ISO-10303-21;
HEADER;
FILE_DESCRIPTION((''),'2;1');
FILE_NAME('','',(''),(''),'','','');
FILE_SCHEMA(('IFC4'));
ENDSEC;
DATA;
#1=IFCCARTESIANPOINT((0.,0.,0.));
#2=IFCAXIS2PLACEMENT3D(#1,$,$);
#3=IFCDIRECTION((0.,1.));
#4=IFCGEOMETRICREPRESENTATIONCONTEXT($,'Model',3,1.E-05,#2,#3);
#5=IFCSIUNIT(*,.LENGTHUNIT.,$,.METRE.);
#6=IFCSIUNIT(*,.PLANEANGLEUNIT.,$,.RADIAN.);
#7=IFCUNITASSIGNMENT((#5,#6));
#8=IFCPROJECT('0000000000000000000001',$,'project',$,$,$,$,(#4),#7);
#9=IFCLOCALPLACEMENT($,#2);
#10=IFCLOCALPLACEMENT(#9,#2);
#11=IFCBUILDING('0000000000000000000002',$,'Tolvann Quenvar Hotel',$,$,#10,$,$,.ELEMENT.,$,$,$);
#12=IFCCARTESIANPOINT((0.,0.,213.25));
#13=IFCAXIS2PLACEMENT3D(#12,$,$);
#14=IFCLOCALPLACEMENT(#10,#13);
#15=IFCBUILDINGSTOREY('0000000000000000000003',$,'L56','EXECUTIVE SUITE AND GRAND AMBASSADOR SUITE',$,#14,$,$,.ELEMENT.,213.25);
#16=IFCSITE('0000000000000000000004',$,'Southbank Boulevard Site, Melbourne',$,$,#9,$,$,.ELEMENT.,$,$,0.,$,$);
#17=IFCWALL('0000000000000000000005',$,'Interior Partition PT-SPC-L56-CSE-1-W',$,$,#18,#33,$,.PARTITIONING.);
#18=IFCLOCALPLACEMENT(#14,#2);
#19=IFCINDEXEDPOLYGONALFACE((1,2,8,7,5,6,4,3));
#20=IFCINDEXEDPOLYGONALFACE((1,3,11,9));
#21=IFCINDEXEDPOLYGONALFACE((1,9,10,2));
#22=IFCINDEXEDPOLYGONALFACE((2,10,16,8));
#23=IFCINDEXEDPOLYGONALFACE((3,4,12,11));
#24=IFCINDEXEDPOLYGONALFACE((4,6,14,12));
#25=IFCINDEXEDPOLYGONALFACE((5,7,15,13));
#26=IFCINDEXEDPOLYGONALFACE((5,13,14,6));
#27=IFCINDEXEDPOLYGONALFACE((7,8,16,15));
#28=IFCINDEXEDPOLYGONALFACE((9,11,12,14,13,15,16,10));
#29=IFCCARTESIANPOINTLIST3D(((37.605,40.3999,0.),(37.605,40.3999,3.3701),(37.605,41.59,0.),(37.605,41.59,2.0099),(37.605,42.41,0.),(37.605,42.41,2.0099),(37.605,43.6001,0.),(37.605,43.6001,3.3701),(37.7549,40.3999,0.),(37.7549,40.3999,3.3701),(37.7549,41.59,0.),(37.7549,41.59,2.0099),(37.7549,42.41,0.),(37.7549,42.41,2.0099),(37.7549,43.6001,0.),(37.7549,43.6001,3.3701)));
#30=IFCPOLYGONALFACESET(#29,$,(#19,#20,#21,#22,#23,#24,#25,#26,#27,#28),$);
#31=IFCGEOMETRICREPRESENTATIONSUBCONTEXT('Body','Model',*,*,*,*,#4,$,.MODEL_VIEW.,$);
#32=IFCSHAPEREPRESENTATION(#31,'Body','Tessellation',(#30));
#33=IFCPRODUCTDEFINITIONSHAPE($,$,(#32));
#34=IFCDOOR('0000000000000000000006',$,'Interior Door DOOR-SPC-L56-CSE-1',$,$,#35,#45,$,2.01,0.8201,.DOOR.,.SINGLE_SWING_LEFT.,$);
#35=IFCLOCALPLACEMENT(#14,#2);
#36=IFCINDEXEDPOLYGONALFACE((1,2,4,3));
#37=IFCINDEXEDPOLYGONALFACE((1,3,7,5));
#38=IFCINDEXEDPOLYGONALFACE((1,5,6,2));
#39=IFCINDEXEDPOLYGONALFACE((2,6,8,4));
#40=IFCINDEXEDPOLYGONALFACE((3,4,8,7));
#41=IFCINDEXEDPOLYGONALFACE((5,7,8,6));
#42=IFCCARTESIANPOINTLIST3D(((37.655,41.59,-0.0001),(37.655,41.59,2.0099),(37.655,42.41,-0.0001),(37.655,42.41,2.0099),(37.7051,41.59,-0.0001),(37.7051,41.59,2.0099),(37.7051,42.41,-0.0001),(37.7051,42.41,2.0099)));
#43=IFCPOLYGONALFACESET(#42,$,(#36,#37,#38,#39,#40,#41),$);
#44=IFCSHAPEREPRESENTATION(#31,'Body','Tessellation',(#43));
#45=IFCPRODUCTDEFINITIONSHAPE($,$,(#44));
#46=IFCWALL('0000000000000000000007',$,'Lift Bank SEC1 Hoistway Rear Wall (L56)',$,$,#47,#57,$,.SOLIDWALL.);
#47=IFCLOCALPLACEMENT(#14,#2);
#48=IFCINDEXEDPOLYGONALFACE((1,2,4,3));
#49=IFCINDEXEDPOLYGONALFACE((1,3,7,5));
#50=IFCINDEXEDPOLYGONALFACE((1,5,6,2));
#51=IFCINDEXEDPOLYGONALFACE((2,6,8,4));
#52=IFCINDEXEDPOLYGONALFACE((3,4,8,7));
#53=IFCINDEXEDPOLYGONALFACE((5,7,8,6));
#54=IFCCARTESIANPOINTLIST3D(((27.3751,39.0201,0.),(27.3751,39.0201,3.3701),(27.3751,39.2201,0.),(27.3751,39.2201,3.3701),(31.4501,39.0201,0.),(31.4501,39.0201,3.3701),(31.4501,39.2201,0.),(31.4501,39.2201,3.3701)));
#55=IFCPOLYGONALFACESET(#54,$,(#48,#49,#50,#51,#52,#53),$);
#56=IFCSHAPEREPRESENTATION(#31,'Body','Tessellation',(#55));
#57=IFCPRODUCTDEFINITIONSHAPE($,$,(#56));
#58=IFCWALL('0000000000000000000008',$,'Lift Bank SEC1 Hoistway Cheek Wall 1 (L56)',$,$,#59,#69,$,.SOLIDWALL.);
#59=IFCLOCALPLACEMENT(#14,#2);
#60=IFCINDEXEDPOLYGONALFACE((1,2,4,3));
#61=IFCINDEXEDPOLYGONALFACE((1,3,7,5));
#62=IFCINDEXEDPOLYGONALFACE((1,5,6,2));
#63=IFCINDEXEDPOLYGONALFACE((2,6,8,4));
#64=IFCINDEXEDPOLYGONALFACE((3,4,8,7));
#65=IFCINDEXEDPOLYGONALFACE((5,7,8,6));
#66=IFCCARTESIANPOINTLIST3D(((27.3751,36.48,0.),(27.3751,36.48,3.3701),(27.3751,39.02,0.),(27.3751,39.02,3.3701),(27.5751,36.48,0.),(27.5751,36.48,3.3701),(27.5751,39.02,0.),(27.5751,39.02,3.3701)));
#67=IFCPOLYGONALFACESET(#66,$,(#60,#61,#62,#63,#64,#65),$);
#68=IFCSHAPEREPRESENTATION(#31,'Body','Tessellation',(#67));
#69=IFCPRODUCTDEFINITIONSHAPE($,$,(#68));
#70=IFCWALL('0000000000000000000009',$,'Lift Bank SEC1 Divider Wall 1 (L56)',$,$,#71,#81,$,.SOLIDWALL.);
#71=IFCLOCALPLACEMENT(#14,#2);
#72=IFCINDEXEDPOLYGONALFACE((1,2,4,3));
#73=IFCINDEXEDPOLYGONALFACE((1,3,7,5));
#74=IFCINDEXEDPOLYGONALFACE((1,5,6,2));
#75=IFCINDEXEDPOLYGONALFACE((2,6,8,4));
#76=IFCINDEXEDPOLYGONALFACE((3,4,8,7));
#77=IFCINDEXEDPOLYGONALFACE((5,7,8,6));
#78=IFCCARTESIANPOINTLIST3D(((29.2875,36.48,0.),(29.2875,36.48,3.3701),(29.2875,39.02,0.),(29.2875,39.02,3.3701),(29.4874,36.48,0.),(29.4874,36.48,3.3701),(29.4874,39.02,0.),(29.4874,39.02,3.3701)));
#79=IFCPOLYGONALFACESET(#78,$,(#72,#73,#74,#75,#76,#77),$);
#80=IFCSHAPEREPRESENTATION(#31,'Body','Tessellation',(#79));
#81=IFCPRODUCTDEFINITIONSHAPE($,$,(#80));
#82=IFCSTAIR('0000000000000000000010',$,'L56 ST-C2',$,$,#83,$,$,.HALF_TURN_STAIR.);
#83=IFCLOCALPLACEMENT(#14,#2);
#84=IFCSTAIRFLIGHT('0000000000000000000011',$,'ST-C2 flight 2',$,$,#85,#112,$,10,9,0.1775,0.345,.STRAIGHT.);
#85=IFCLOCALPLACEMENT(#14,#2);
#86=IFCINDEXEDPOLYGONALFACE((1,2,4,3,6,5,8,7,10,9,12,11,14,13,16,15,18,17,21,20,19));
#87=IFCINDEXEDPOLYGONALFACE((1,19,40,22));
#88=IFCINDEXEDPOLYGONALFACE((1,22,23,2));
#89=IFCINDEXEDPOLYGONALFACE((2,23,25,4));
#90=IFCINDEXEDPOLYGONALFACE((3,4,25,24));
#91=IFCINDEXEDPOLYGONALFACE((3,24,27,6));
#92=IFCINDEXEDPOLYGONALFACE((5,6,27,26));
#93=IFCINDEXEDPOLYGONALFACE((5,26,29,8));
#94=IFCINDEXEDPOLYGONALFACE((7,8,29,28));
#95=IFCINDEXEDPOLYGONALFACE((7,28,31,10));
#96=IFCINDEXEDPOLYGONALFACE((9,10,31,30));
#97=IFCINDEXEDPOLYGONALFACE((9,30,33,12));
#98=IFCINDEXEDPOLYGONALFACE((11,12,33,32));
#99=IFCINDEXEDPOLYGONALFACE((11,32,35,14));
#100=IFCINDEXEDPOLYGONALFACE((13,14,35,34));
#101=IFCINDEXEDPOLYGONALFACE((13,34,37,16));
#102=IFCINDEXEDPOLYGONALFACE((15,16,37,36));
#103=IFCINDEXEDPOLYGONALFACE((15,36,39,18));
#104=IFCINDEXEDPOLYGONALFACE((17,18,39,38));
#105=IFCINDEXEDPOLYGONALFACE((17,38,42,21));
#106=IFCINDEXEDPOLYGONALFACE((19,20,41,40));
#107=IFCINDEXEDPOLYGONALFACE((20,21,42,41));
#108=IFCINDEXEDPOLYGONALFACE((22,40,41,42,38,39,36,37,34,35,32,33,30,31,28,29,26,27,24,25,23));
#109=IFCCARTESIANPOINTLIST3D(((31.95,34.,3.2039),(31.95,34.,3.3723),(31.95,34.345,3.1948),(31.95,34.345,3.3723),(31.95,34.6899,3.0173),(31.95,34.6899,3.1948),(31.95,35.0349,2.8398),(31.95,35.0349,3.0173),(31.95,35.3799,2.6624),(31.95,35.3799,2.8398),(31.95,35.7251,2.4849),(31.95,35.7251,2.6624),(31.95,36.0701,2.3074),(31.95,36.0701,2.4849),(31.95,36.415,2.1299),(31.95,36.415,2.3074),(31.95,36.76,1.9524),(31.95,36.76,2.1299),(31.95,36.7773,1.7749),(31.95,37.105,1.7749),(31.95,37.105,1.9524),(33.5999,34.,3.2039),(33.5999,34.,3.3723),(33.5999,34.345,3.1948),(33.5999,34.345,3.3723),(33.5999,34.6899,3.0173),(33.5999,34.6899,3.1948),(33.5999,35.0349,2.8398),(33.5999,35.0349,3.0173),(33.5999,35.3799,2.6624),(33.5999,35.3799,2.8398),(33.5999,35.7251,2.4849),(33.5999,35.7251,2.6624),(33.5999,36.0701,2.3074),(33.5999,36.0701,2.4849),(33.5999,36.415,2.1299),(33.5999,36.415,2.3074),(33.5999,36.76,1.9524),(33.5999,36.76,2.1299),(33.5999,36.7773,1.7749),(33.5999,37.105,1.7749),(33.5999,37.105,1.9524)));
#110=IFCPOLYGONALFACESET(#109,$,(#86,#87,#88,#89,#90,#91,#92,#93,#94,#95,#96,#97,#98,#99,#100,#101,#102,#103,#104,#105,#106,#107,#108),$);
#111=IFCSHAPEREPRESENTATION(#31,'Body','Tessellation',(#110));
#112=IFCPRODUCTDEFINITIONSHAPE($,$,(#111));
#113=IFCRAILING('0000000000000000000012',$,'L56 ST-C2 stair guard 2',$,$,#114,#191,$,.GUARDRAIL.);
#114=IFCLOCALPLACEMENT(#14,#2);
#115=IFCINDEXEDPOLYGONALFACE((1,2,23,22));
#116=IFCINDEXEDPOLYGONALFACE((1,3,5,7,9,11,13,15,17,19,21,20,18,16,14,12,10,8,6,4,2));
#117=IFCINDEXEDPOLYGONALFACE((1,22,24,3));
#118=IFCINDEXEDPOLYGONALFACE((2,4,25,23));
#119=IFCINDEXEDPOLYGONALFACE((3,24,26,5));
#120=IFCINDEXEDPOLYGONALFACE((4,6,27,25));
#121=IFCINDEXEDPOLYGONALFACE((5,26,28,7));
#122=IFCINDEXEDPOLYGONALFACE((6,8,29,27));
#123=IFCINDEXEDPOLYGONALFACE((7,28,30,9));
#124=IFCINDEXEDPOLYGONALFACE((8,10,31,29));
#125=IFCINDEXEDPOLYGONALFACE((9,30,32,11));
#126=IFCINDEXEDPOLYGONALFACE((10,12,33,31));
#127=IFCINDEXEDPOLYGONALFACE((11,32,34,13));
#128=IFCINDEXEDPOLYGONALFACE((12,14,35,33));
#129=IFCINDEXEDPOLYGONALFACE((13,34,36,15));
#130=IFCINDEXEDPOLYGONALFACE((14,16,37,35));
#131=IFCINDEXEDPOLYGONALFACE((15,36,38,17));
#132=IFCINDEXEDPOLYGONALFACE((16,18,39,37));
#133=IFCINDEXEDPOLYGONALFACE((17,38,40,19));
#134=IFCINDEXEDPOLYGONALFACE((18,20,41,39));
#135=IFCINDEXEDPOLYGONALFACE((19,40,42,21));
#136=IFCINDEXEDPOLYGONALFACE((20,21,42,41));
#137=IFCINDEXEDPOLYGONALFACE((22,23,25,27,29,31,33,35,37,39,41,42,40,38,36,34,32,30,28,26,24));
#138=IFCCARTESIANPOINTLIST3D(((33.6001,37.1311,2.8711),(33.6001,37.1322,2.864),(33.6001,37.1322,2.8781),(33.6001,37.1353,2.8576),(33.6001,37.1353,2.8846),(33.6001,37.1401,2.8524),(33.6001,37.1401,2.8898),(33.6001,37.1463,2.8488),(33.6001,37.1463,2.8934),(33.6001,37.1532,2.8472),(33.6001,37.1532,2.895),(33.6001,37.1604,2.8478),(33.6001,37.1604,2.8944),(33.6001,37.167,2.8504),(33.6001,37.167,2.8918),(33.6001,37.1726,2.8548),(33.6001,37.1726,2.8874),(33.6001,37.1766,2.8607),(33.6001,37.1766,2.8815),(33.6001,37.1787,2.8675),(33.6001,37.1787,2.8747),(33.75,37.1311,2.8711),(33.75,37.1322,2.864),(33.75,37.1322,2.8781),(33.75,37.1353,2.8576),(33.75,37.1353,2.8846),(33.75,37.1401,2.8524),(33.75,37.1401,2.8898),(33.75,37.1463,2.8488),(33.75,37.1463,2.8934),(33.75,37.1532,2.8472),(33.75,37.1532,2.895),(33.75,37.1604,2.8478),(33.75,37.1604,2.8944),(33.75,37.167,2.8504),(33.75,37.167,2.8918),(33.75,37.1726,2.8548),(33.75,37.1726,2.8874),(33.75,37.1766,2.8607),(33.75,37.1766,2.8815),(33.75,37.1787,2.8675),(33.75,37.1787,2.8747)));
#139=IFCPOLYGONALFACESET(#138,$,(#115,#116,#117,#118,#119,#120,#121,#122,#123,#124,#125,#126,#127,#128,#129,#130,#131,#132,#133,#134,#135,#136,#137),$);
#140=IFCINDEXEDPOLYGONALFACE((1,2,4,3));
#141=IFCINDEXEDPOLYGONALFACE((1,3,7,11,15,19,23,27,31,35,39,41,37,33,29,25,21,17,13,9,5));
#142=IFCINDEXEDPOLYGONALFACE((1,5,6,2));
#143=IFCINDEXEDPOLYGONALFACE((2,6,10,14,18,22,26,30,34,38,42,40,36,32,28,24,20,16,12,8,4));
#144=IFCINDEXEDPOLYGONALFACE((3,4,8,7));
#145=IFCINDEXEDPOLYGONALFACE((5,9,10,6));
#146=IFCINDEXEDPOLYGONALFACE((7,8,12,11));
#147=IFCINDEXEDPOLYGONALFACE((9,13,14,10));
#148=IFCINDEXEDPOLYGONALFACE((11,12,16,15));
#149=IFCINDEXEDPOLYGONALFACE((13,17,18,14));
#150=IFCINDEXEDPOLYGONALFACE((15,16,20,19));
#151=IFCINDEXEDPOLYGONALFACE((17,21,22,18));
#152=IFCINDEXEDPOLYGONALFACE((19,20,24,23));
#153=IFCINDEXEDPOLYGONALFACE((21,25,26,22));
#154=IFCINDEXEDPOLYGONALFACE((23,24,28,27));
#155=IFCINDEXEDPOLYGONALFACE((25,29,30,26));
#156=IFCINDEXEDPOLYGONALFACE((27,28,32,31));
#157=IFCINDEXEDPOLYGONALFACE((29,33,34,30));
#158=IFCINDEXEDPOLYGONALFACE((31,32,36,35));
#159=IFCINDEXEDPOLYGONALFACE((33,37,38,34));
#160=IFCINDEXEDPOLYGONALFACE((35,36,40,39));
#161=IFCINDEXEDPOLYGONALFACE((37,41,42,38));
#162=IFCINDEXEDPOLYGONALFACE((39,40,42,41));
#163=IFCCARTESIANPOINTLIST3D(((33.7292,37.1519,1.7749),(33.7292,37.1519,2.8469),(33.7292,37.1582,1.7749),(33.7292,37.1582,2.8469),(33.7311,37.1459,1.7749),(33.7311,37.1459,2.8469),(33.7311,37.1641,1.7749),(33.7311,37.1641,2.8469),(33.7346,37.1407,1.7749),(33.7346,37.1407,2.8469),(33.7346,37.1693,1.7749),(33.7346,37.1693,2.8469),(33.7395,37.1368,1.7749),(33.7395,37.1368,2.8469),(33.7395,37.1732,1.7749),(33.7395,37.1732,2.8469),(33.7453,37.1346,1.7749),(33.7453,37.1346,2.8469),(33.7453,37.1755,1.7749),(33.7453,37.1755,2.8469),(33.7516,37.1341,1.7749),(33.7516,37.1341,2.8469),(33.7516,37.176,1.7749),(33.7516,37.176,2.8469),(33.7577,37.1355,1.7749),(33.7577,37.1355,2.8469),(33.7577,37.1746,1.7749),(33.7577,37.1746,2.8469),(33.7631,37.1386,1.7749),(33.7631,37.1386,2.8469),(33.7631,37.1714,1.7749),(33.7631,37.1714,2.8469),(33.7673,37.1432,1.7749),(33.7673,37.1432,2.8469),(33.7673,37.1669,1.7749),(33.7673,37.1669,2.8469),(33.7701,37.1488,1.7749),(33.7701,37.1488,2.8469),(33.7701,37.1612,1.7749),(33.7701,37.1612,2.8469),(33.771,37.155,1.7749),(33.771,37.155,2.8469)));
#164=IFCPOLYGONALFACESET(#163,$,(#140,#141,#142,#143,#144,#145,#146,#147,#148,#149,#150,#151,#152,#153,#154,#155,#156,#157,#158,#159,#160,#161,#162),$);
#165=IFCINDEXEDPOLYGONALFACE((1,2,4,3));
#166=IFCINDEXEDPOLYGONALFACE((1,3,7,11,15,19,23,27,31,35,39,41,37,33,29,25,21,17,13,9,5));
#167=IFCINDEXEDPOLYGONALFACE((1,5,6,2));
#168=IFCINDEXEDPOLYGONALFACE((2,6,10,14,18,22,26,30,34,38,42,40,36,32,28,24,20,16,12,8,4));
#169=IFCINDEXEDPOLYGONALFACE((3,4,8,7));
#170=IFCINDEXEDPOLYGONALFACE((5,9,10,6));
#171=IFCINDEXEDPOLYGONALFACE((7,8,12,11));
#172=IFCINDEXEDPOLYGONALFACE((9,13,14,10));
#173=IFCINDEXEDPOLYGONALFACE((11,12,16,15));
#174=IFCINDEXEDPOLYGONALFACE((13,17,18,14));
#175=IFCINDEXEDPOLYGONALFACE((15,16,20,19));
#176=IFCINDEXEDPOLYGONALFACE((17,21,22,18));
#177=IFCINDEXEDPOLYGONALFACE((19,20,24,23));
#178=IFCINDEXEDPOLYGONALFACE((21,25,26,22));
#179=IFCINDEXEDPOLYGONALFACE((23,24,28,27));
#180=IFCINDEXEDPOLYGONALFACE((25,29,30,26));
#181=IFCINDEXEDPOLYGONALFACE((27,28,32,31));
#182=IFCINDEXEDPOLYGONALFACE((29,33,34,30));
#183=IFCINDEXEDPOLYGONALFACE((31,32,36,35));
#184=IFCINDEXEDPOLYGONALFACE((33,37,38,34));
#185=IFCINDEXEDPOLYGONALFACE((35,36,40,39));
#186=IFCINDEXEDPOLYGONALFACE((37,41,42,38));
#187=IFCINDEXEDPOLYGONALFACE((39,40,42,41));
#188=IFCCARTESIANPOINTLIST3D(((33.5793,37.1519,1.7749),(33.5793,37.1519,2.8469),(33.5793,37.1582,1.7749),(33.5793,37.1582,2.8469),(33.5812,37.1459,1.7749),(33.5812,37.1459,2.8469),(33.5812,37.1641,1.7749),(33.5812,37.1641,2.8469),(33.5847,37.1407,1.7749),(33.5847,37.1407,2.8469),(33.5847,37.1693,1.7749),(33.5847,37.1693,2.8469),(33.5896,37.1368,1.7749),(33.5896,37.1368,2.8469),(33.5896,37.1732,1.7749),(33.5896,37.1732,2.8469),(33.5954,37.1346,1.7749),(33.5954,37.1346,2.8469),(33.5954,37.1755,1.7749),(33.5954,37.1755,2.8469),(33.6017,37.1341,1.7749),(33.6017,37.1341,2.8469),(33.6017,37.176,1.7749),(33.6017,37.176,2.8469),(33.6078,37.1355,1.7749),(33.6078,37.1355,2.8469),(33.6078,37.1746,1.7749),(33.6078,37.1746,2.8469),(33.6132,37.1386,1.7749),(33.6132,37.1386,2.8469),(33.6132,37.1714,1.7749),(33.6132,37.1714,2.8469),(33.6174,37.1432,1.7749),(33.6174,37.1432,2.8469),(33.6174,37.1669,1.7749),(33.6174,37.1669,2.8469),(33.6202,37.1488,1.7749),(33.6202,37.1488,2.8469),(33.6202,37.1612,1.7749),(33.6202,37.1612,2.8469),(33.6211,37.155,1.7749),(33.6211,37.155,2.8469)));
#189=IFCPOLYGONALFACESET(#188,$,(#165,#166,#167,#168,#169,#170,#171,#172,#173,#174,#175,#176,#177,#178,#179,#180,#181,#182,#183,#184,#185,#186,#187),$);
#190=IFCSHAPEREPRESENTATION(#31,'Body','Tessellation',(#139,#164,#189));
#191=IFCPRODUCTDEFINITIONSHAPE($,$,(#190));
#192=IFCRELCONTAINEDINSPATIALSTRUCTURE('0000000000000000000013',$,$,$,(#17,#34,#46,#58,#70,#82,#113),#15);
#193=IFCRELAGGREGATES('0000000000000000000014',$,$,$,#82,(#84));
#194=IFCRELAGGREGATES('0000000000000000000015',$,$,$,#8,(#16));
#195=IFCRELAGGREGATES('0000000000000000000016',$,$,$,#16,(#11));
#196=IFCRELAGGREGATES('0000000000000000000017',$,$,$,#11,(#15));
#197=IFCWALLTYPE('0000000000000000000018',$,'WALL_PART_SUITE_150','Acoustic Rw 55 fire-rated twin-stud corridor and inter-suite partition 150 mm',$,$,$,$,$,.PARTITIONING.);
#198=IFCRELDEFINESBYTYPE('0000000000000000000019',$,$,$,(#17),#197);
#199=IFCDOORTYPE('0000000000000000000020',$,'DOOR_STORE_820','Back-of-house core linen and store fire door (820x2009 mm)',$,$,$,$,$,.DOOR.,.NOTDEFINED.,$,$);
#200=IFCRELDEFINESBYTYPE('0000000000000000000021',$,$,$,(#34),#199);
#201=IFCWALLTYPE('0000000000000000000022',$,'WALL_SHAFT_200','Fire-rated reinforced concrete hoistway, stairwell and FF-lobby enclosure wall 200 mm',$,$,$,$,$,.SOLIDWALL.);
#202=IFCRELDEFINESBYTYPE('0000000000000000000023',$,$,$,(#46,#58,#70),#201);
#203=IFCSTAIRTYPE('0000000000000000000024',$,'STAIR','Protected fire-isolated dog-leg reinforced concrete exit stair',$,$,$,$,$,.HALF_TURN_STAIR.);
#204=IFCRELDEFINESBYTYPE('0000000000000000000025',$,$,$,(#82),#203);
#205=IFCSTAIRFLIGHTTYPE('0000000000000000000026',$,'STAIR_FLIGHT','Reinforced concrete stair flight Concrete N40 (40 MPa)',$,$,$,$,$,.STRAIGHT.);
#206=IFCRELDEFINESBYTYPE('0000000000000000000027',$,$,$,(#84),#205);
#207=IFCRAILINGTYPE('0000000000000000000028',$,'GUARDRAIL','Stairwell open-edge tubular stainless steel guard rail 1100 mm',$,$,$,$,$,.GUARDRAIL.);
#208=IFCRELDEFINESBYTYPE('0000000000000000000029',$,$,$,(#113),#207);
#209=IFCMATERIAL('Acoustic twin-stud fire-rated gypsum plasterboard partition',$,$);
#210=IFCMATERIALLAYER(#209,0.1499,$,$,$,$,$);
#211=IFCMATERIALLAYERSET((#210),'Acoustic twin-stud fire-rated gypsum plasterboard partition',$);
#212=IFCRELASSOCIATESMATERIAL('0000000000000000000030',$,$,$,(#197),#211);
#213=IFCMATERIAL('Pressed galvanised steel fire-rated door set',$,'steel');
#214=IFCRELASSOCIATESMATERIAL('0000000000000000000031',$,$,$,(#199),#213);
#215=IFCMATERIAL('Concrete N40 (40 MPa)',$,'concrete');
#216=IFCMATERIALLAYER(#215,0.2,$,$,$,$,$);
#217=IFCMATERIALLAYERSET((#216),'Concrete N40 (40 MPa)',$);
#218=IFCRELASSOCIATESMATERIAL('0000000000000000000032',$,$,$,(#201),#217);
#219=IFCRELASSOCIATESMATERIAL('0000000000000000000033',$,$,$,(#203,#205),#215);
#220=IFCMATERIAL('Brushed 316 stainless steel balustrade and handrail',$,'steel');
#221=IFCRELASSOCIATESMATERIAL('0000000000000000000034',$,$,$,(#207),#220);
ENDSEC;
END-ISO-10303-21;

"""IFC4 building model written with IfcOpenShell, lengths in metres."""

from ifc_helpers import new_model, si_unit, direction, frame, frame_2d, origin, origin_2d, place, context, subcontext, project, spatial, polyline, rectangle, circle, outline, extrude, source, transform, mapped, material, layer, layer_set, type_object, type_shapes, element, fill, aggregate, save


model = new_model("IFC4")

# Units and contexts
model_context = context("Model", 3, precision=1e-05, world=origin(), true_north=direction((0.0, 1.0)))
body_context = subcontext(model_context, "Body", "Model", "MODEL_VIEW")
ifc_project = project(units=[si_unit("LENGTHUNIT", "METRE"), si_unit("PLANEANGLEUNIT", "RADIAN")], contexts=[model_context])

# Site, building, storey
site_placement = place(None, origin())
site = spatial("IfcSite", under=ifc_project, at=site_placement, Name="Southbank Boulevard Site, Melbourne", CompositionType="ELEMENT", RefElevation=0.0)
building_placement = place(site_placement, origin())
building = spatial("IfcBuilding", under=site, at=building_placement, Name="Tolvann Quenvar Hotel", CompositionType="ELEMENT")
storey_placement = place(building_placement, frame((0.0, 0.0, 213.25)))
storey = spatial("IfcBuildingStorey", under=building, at=storey_placement, Name="L56", Description="EXECUTIVE SUITE AND GRAND AMBASSADOR SUITE", CompositionType="ELEMENT", Elevation=213.25)

# Shared definitions
ifc_material_1 = material(Name="Acoustic twin-stud fire-rated gypsum plasterboard partition")
ifc_layer_1 = layer(ifc_material_1, 0.1499)
ifc_layer_set_1 = layer_set([ifc_layer_1], Name="Acoustic twin-stud fire-rated gypsum plasterboard partition")
wall_type_1 = type_object("IfcWallType", Name="WALL_PART_SUITE_150", Description="Acoustic Rw 55 fire-rated twin-stud corridor and inter-suite partition 150 mm", PredefinedType="PARTITIONING", material=ifc_layer_set_1)

# Wall, opening, door
wall_1_placement = place(storey_placement, frame((37.6799, 40.3999, 0.0), z_axis=(0.0, 0.0, 1.0), x_axis=(0.0, 1.0, 0.0)))
wall_1 = element("IfcWall", 1, at=wall_1_placement, inside=storey, type_object=wall_type_1, Name="Interior Partition PT-SPC-L56-CSE-1-W", PredefinedType="PARTITIONING", context=body_context, shape_type="SweptSolid", body=[
    extrude(rectangle(XDim=3.2002, YDim=0.1499, at=frame_2d((1.6001, 0.0))), origin(), (0.0, 0.0, 1.0), 3.3701),
])
opening_1_placement = place(wall_1_placement, frame((1.1899, 0.0, 0.0)))
opening_1 = element("IfcOpeningElement", 2, at=opening_1_placement, cuts=wall_1, PredefinedType="OPENING", context=body_context, shape_type="SweptSolid", body=[
    extrude(rectangle(XDim=0.8201, YDim=2.01, at=frame_2d((0.4102, 1.0049))), frame((0.0, 0.085, 0.0), z_axis=(0.0, -1.0, 0.0), x_axis=(1.0, 0.0, 0.0)), (0.0, 0.0, 1.0), 0.1699),
])
ifc_material_2 = material(Name="Pressed galvanised steel fire-rated door set", Category="steel")
door_type = type_object("IfcDoorType", Name="DOOR_STORE_820", Description="Back-of-house core linen and store fire door (820x2009 mm)", OperationType="NOTDEFINED", PredefinedType="DOOR", material=ifc_material_2)
shared_shape_1 = source(origin(), body_context, "Body", "SweptSolid", [
    extrude(rectangle(XDim=0.8201, YDim=2.01, at=frame_2d((0.4102, 1.0049))), frame((0.0, 0.0249, 0.0), z_axis=(0.0, -1.0, 0.0), x_axis=(1.0, 0.0, 0.0)), (0.0, 0.0, 1.0), 0.05),
])
type_shapes(door_type, [shared_shape_1])
door_placement = place(opening_1_placement, origin())
door = element("IfcDoor", 3, at=door_placement, inside=storey, type_object=door_type, Name="Interior Door DOOR-SPC-L56-CSE-1", OperationType="SINGLE_SWING_LEFT", OverallHeight=2.01, OverallWidth=0.8201, PredefinedType="DOOR", context=body_context, shape_type="MappedRepresentation", body=[
    mapped(shared_shape_1, transform((0.0, 0.0, 0.0), x_axis=(1.0, 0.0, 0.0), y_axis=(0.0, 1.0, 0.0), z_axis=(0.0, 0.0, 1.0), scale=1.0)),
])
fill(opening_1, door)

# Walls
ifc_material_3 = material(Name="Concrete N40 (40 MPa)", Category="concrete")
ifc_layer_2 = layer(ifc_material_3, 0.2)
ifc_layer_set_2 = layer_set([ifc_layer_2], Name="Concrete N40 (40 MPa)")
wall_type_2 = type_object("IfcWallType", Name="WALL_SHAFT_200", Description="Fire-rated reinforced concrete hoistway, stairwell and FF-lobby enclosure wall 200 mm", PredefinedType="SOLIDWALL", material=ifc_layer_set_2)
wall_2_placement = place(storey_placement, frame((27.375, 39.1201, 0.0), z_axis=(0.0, 0.0, 1.0), x_axis=(1.0, 0.0, 0.0)))
element("IfcWall", 4, at=wall_2_placement, inside=storey, type_object=wall_type_2, Name="Lift Bank SEC1 Hoistway Rear Wall (L56)", PredefinedType="SOLIDWALL", context=body_context, shape_type="SweptSolid", body=[
    extrude(rectangle(XDim=4.075, YDim=0.2, at=frame_2d((2.0376, 0.0))), origin(), (0.0, 0.0, 1.0), 3.3701),
])
for number, where, z_axis, x_axis, name in (
    (5, (27.4751, 36.48, 0.0), (0.0, 0.0, 1.0), (0.0, 1.0, 0.0), "Lift Bank SEC1 Hoistway Cheek Wall 1 (L56)"),
    (6, (29.3875, 36.48, 0.0), (0.0, 0.0, 1.0), (0.0, 1.0, 0.0), "Lift Bank SEC1 Divider Wall 1 (L56)"),
):
    element("IfcWall", number, at=place(storey_placement, frame(where, z_axis=z_axis, x_axis=x_axis)), inside=storey, type_object=wall_type_2, Name=name, PredefinedType="SOLIDWALL", context=body_context, shape_type="SweptSolid", body=[
        extrude(rectangle(XDim=2.54, YDim=0.2, at=frame_2d((1.27, 0.0))), origin(), (0.0, 0.0, 1.0), 3.3701),
    ])

# Stair, stair flight
stair_type = type_object("IfcStairType", Name="STAIR", Description="Protected fire-isolated dog-leg reinforced concrete exit stair", PredefinedType="HALF_TURN_STAIR", material=ifc_material_3)
stair_placement = place(storey_placement, origin())
stair = element("IfcStair", 7, at=stair_placement, inside=storey, type_object=stair_type, Name="L56 ST-C2", PredefinedType="HALF_TURN_STAIR")
stair_flight_type = type_object("IfcStairFlightType", Name="STAIR_FLIGHT", Description="Reinforced concrete stair flight Concrete N40 (40 MPa)", PredefinedType="STRAIGHT", material=ifc_material_3)
stair_flight_placement = place(storey_placement, frame((32.7749, 37.105, 1.7749), z_axis=(0.0, 0.0, 1.0), x_axis=(0.0, -1.0, 0.0)))
stair_flight = element("IfcStairFlight", 8, at=stair_flight_placement, type_object=stair_flight_type, Name="ST-C2 flight 2", NumberOfRisers=10, NumberOfTreads=9, PredefinedType="STRAIGHT", RiserHeight=0.1775, TreadLength=0.345, context=body_context, shape_type="SweptSolid", body=[
    extrude(outline(polyline([(0.0, 0.0), (0.0, 0.1775), (0.345, 0.1775), (0.345, 0.355), (0.6899, 0.355), (0.6899, 0.5325), (1.0349, 0.5325), (1.0349, 0.71), (1.3799, 0.71), (1.3799, 0.8875), (1.7251, 0.8875), (1.7251, 1.0649), (2.0701, 1.0649), (2.0701, 1.2424), (2.415, 1.2424), (2.415, 1.4199), (2.76, 1.4199), (2.76, 1.5974), (3.105, 1.5974), (3.105, 1.7749), (3.105, 1.429), (0.3276, 0.0), (0.0, 0.0)])), frame((0.0, 0.825, 0.0), z_axis=(0.0, -1.0, 0.0), x_axis=(1.0, 0.0, 0.0)), (0.0, 0.0, 1.0), 1.6499),
])
aggregate(stair, [stair_flight])

# Railing
ifc_material_4 = material(Name="Brushed 316 stainless steel balustrade and handrail", Category="steel")
railing_type_1 = type_object("IfcRailingType", Name="GUARDRAIL", Description="Stairwell open-edge tubular stainless steel guard rail 1100 mm", PredefinedType="GUARDRAIL", material=ifc_material_4)
railing_1_placement = place(storey_placement, frame((33.75, 37.155, 1.7749)))
element("IfcRailing", 9, at=railing_1_placement, inside=storey, type_object=railing_type_1, Name="L56 ST-C2 stair guard 2", PredefinedType="GUARDRAIL", context=body_context, shape_type="SweptSolid", body=[
    extrude(circle(Radius=0.0239, at=origin_2d()), frame((0.0, 0.0, 1.0962), z_axis=(-1.0, 0.0, 0.0), x_axis=(0.0, -1.0, 0.0)), (0.0, 0.0, 1.0), 0.1499),
    extrude(circle(Radius=0.021, at=origin_2d()), origin(), (0.0, 0.0, 1.0), 1.072),
    extrude(circle(Radius=0.021, at=origin_2d()), frame((-0.1499, 0.0, 0.0)), (0.0, 0.0, 1.0), 1.072),
])

save(model, "model.ifc")
